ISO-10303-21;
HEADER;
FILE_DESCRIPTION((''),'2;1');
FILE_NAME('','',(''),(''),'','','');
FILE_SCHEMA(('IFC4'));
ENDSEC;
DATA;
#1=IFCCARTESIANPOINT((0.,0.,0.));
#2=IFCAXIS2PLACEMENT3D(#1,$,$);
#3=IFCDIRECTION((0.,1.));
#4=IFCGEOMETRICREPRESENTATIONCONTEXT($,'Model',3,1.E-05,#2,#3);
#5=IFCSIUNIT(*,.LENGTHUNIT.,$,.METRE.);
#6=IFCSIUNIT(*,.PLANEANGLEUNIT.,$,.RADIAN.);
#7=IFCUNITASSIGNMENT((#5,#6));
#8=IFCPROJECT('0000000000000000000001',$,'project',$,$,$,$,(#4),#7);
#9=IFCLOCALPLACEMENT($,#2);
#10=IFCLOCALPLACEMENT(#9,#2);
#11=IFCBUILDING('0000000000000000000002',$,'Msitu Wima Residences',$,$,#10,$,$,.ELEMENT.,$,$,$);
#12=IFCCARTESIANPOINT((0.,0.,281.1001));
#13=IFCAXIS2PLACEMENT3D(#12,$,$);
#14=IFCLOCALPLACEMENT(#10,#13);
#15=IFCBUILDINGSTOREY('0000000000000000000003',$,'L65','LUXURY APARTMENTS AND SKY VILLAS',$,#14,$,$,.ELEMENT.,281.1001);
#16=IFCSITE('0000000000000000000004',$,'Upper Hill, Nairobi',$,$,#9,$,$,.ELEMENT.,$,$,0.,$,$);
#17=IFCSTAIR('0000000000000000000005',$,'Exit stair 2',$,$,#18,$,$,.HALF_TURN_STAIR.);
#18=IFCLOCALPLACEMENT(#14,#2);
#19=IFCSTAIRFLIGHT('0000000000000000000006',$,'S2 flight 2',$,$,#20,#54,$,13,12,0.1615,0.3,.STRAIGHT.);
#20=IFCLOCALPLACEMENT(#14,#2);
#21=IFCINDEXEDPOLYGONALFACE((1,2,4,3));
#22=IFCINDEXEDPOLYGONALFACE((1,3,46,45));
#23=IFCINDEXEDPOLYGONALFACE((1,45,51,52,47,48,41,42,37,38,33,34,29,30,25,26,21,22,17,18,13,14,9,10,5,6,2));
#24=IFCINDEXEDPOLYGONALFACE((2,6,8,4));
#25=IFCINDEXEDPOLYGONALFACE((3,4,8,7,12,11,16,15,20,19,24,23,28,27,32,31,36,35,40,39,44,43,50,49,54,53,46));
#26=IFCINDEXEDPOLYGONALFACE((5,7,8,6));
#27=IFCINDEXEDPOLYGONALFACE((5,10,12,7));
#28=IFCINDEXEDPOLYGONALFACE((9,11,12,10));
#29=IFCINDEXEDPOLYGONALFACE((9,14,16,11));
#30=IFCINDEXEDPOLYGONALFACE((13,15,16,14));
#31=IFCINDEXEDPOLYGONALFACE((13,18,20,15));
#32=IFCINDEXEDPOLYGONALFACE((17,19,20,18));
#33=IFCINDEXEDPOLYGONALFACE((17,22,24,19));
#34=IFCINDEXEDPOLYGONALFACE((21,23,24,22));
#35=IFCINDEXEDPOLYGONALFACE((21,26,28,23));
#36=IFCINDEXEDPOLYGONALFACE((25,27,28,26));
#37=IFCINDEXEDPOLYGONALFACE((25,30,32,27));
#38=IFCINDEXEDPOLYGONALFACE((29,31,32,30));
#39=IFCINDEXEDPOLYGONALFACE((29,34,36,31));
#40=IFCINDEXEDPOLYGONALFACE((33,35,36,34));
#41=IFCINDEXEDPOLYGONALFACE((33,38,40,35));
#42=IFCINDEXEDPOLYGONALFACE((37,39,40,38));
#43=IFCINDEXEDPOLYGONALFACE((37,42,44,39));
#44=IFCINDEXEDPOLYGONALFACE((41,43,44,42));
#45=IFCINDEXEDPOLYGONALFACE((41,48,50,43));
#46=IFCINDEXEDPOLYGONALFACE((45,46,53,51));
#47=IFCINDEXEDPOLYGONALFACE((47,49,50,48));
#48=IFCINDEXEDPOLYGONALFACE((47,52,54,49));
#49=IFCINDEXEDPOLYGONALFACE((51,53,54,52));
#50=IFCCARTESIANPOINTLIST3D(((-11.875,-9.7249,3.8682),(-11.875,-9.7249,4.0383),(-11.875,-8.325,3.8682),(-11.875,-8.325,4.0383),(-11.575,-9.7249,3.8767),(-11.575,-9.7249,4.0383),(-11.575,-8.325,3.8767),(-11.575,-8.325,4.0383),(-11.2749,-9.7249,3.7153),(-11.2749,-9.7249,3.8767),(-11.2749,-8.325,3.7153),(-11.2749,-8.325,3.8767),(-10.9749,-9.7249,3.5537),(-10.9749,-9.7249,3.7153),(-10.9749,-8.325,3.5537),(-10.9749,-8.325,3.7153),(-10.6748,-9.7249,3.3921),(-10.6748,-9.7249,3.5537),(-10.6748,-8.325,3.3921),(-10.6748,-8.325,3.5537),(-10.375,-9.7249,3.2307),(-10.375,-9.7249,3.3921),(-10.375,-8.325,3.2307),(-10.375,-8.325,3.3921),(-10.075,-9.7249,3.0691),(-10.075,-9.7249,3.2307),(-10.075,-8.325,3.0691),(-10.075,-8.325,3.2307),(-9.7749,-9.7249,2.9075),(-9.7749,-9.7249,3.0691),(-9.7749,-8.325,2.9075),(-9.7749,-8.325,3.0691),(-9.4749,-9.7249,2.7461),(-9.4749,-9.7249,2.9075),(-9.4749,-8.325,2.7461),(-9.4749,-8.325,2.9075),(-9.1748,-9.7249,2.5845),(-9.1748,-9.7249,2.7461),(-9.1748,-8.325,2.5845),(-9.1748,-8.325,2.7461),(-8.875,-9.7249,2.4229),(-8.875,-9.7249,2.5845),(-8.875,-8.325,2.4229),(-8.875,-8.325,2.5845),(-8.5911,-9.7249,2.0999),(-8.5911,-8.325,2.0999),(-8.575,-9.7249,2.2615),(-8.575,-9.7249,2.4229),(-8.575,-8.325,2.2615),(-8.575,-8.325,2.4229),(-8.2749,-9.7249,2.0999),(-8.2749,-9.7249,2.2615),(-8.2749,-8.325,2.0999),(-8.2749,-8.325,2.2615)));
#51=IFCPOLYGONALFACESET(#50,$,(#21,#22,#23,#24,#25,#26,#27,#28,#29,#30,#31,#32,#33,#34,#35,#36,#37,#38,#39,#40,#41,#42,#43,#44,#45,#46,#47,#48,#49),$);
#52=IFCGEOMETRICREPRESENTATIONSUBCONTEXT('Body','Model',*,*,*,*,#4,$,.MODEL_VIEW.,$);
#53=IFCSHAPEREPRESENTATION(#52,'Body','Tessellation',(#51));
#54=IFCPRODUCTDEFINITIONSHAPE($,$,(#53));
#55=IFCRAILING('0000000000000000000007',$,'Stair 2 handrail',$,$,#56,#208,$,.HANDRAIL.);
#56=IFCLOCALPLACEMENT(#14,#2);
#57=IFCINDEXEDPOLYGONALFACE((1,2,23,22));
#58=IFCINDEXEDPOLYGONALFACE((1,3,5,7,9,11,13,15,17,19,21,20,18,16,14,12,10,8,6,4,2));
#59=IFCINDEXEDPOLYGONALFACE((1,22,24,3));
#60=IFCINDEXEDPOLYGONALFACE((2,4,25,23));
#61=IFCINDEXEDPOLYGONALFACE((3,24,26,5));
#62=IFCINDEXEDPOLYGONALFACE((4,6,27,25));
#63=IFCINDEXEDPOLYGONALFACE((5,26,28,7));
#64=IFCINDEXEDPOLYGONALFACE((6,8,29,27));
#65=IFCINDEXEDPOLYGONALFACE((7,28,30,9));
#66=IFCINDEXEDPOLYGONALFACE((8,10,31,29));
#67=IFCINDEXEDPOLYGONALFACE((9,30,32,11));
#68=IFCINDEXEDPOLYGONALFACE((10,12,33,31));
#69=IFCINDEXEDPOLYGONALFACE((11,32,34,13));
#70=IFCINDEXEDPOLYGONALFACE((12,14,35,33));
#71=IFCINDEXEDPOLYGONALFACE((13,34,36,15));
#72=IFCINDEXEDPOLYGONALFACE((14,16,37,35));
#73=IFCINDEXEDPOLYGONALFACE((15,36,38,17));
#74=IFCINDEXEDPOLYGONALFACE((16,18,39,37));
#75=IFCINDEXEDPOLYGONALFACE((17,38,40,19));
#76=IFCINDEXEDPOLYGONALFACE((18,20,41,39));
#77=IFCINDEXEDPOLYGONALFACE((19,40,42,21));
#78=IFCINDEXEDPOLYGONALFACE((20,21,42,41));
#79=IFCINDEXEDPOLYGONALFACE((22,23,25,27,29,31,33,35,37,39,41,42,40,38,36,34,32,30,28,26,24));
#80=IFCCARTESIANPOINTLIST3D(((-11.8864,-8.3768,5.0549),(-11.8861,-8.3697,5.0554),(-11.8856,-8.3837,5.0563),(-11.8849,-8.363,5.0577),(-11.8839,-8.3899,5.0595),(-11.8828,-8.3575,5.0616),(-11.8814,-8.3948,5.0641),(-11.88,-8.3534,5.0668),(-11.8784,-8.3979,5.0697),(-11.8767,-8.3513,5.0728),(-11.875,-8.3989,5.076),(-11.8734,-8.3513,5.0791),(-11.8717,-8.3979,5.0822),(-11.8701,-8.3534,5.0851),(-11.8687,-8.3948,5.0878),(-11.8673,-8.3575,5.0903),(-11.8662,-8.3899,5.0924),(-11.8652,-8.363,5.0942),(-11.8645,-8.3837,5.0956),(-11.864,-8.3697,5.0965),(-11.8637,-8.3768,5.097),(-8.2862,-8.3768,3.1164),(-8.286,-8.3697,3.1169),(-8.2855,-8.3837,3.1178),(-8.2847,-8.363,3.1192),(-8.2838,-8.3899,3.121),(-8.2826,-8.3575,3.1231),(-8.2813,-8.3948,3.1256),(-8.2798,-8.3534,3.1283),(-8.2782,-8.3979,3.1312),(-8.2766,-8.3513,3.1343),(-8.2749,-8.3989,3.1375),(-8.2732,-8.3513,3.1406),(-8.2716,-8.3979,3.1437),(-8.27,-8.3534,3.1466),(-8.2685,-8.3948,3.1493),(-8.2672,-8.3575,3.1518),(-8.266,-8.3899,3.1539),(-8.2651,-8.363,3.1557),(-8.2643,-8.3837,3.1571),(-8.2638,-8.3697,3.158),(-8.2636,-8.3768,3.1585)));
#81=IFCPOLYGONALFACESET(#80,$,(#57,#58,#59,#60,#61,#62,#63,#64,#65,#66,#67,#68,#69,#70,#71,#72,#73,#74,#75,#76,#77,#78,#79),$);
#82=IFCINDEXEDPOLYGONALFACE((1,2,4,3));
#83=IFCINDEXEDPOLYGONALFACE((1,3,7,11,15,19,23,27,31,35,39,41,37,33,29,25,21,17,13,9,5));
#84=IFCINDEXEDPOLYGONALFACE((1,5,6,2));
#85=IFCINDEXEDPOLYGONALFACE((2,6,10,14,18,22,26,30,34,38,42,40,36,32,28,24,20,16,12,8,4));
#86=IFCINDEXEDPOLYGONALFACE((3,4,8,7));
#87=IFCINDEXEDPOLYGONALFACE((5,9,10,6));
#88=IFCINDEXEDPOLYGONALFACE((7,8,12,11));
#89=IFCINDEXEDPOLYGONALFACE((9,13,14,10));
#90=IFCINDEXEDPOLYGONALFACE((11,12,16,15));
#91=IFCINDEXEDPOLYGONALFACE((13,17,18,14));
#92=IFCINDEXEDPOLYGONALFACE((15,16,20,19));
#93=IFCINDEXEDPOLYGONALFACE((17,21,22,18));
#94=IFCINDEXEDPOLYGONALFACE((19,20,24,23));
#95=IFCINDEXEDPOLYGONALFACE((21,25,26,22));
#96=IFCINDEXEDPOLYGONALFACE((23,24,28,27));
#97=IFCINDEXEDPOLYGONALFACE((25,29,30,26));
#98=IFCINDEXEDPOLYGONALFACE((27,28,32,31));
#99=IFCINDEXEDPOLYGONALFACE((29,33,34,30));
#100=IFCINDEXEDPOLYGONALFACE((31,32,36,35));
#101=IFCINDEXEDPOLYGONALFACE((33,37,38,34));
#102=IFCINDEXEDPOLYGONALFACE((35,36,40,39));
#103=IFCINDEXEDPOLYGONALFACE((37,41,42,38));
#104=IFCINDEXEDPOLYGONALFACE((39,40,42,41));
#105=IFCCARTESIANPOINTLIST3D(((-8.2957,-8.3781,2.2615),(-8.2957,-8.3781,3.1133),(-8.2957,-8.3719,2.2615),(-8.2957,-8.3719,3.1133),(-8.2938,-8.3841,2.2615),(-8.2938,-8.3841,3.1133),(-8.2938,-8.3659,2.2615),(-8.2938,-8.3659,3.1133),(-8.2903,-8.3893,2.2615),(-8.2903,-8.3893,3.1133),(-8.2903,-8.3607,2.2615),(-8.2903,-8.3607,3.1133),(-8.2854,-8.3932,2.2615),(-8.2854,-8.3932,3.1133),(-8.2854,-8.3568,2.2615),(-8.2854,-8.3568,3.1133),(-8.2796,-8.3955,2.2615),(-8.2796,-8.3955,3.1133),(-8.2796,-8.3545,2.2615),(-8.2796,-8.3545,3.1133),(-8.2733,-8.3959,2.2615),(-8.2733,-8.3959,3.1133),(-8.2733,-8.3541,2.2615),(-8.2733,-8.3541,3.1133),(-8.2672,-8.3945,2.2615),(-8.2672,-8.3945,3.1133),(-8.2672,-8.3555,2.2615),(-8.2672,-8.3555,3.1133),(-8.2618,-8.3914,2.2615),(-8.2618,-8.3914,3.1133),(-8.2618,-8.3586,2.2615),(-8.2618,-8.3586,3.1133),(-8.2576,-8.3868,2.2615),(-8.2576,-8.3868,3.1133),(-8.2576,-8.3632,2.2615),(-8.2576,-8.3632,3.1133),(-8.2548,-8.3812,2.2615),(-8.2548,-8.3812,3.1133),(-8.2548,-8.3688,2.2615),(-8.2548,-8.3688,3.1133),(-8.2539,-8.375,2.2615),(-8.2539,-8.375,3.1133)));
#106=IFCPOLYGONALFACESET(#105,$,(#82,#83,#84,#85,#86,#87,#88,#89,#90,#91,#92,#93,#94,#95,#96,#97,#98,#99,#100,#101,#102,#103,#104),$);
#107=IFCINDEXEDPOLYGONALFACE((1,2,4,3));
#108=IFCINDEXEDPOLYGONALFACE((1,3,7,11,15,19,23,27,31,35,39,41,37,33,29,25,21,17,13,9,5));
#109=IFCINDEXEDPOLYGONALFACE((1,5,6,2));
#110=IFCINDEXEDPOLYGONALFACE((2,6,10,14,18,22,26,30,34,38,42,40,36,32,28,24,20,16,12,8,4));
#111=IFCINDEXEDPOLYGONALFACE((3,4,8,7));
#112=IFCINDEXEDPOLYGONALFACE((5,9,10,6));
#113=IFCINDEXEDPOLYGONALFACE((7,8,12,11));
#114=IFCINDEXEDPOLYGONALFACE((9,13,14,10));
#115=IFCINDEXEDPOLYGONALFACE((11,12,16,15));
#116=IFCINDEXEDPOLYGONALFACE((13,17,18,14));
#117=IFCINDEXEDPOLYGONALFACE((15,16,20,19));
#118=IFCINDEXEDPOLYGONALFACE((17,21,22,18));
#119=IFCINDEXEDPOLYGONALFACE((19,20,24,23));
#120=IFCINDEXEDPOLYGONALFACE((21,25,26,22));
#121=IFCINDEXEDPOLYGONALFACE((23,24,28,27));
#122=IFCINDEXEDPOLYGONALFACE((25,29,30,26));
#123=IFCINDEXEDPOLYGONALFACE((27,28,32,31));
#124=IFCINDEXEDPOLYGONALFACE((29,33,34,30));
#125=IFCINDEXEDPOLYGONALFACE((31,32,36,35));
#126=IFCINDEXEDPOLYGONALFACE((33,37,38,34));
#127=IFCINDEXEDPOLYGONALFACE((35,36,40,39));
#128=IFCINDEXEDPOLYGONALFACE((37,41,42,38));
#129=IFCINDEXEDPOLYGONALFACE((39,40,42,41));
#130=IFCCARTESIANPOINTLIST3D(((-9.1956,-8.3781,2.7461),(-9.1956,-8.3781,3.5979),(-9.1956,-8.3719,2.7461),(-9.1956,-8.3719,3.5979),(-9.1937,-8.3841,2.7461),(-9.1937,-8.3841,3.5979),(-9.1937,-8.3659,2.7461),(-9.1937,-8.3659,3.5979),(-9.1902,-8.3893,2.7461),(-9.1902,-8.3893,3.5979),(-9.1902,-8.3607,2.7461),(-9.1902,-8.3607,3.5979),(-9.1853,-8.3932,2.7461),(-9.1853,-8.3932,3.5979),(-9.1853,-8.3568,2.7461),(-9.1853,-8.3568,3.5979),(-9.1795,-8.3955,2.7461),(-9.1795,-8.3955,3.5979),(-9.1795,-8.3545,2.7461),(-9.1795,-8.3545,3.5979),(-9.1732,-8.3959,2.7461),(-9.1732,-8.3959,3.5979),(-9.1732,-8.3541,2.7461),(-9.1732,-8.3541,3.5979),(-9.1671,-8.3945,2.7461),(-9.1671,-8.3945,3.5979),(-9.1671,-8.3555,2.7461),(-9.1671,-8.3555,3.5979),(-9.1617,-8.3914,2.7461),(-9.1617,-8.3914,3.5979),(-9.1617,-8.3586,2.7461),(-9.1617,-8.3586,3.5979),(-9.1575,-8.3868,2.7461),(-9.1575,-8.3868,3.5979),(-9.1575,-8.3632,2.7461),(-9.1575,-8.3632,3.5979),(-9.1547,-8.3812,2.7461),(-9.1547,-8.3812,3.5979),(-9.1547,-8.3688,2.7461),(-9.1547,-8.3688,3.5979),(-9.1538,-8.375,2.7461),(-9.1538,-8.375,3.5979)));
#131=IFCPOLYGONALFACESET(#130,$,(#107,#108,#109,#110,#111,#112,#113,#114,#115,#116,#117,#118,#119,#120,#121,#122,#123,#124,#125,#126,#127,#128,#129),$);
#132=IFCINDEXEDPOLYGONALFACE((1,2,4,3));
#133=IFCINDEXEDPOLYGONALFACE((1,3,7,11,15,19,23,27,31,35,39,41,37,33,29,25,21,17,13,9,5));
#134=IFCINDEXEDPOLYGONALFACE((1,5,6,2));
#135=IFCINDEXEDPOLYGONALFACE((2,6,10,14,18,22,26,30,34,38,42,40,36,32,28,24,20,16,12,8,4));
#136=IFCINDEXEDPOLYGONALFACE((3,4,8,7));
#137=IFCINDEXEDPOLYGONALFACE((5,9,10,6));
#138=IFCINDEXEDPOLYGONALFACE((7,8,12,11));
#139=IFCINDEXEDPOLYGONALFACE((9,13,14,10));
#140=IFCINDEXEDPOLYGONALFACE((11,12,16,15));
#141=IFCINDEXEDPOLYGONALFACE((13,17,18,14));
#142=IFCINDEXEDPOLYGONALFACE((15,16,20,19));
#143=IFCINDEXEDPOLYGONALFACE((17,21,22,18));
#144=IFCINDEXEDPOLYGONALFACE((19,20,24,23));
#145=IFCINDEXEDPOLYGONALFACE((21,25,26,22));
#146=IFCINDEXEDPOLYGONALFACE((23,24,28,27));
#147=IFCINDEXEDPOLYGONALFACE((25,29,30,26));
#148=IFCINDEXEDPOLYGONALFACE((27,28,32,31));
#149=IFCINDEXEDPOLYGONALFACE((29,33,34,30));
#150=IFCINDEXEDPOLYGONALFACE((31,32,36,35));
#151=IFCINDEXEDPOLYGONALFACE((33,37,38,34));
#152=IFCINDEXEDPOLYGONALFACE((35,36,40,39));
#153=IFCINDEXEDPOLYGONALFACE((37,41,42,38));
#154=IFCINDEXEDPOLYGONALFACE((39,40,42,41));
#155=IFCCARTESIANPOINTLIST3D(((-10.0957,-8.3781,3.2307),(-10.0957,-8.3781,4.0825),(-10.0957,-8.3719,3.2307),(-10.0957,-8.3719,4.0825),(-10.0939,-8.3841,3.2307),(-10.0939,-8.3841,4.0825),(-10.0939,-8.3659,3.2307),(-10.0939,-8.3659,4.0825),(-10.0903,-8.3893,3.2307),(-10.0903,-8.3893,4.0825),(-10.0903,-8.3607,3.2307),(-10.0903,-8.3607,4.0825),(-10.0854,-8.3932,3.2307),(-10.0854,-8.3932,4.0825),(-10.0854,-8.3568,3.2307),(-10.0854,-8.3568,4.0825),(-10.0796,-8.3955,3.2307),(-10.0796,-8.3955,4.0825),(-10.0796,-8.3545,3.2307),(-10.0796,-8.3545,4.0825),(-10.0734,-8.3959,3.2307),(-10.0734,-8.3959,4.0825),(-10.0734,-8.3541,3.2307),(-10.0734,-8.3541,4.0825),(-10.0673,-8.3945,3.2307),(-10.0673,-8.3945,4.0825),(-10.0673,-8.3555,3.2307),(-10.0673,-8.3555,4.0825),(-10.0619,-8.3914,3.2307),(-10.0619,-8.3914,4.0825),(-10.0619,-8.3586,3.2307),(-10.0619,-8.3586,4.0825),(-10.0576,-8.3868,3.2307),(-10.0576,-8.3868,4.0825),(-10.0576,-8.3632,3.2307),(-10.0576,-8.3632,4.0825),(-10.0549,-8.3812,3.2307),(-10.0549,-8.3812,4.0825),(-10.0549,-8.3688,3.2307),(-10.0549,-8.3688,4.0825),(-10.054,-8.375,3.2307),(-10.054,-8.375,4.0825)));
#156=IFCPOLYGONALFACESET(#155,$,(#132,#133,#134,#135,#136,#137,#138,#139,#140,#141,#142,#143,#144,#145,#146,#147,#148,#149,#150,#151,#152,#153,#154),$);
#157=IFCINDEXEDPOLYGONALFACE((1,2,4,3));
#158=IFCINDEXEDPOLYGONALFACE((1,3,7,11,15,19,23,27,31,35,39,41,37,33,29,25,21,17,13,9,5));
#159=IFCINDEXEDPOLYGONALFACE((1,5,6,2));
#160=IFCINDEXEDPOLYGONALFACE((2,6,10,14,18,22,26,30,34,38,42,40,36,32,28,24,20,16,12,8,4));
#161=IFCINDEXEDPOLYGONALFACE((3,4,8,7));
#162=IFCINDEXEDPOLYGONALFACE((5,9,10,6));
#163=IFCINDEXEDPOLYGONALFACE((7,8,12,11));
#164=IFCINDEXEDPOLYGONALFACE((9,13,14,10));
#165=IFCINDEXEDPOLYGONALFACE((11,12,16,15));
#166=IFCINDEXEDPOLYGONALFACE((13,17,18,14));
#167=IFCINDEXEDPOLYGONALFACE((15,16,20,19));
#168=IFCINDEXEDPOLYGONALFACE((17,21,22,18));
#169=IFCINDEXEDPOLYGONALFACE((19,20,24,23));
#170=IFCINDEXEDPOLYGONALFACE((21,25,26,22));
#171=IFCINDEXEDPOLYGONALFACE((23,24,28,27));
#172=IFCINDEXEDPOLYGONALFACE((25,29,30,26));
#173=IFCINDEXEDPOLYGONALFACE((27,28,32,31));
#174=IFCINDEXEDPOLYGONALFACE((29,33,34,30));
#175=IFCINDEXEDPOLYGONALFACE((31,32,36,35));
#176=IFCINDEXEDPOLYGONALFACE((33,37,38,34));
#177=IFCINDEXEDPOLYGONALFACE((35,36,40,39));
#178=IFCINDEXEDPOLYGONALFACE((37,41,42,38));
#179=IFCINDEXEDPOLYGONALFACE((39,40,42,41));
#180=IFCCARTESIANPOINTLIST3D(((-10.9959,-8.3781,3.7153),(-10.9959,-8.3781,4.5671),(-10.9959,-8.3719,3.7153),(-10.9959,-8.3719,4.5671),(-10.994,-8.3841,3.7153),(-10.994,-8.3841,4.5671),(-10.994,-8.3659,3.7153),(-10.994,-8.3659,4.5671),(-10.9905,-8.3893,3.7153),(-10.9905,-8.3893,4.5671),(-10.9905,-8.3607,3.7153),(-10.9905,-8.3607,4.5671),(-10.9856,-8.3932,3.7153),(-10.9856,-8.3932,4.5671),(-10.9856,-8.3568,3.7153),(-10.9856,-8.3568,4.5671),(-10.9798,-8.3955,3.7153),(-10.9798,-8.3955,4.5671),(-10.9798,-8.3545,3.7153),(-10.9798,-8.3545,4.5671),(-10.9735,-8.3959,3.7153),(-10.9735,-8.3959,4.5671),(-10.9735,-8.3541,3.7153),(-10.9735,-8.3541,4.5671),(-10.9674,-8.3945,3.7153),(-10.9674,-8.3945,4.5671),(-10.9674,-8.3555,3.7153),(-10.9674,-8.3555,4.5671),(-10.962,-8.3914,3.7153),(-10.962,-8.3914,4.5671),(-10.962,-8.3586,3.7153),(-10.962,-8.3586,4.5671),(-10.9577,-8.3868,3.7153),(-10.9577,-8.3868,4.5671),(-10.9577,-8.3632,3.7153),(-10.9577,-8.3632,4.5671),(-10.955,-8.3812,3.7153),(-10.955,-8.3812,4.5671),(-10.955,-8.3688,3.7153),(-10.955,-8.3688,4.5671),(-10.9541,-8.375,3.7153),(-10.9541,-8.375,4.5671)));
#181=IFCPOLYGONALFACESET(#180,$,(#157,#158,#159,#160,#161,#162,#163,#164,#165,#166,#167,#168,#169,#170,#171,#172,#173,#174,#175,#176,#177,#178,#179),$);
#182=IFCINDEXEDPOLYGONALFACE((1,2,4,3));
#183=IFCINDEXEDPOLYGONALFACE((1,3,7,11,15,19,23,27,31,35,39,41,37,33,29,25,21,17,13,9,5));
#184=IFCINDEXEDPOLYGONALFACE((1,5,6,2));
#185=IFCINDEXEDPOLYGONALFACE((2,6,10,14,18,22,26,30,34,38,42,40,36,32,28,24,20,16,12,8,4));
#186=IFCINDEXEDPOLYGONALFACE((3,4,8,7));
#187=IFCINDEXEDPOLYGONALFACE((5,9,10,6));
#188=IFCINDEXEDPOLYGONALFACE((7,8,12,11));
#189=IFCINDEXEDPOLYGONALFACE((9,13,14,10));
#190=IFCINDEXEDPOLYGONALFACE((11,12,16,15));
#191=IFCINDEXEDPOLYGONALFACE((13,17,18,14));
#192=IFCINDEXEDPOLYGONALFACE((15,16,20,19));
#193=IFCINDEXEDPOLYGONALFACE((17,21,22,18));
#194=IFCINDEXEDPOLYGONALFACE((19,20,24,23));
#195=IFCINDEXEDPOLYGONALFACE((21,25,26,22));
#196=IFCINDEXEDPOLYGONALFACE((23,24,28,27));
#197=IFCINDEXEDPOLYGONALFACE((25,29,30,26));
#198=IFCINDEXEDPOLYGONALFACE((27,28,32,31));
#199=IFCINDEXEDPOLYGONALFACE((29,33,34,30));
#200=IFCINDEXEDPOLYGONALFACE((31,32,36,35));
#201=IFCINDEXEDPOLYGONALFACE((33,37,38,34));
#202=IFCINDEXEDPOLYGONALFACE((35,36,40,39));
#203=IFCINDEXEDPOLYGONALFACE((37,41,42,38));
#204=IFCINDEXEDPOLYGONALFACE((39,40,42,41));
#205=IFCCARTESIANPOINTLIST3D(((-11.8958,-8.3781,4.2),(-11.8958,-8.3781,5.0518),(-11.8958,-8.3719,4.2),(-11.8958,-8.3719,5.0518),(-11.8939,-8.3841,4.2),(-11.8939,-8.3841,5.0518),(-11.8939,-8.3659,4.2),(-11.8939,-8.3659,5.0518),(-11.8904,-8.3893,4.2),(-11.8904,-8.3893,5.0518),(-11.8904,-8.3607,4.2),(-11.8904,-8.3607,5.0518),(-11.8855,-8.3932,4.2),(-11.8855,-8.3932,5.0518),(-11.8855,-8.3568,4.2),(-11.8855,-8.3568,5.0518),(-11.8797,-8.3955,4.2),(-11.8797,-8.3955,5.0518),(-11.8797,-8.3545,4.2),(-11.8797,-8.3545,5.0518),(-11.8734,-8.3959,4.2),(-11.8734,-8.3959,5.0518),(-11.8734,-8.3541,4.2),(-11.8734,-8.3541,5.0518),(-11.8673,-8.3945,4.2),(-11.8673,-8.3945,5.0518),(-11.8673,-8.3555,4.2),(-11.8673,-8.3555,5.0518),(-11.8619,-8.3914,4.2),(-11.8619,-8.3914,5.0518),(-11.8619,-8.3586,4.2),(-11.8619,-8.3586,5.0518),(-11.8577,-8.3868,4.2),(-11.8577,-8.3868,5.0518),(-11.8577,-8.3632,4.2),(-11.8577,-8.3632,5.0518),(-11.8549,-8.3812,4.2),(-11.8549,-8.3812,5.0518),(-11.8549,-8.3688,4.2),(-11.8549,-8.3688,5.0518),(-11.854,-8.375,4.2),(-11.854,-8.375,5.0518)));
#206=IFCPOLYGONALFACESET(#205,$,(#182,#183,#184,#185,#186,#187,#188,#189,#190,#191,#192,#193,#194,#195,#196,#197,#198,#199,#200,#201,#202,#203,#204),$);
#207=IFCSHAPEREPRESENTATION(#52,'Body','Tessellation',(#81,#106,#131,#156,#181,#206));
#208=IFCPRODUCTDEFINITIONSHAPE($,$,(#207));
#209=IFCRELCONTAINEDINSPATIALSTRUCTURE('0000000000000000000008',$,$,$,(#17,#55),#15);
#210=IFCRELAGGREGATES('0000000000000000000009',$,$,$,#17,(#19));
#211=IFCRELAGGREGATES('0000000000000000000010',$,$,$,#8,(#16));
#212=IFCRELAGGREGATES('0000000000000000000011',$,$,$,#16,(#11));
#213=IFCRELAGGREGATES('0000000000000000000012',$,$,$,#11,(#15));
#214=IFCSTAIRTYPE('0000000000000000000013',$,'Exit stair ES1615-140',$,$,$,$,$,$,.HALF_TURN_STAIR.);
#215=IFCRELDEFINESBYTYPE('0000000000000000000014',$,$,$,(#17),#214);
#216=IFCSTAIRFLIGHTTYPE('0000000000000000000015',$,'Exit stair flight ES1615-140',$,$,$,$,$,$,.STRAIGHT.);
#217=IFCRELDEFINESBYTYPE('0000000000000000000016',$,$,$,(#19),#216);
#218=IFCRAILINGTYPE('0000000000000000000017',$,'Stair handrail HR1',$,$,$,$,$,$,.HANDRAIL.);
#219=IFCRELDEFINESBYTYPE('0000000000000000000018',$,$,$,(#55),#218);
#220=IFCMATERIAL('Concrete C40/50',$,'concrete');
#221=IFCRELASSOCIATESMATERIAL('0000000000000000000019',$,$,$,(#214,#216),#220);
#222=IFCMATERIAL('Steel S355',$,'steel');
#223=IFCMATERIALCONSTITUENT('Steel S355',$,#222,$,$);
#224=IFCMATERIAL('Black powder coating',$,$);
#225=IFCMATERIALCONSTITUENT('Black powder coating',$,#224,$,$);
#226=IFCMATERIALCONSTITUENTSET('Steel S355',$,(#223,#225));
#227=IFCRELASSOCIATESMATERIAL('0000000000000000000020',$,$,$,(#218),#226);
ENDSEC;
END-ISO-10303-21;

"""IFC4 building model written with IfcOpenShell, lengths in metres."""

from ifc_helpers import new_model, si_unit, direction, frame, origin, origin_2d, place, context, subcontext, project, spatial, polyline, circle, outline, extrude, material, constituent, constituent_set, type_object, element, aggregate, save


model = new_model("IFC4")

# Units and contexts
model_context = context("Model", 3, precision=1e-05, world=origin(), true_north=direction((0.0, 1.0)))
body_context = subcontext(model_context, "Body", "Model", "MODEL_VIEW")
ifc_project = project(units=[si_unit("LENGTHUNIT", "METRE"), si_unit("PLANEANGLEUNIT", "RADIAN")], contexts=[model_context])

# Site, building, storey
site_placement = place(None, origin())
site = spatial("IfcSite", under=ifc_project, at=site_placement, Name="Upper Hill, Nairobi", CompositionType="ELEMENT", RefElevation=0.0)
building_placement = place(site_placement, origin())
building = spatial("IfcBuilding", under=site, at=building_placement, Name="Msitu Wima Residences", CompositionType="ELEMENT")
storey_placement = place(building_placement, frame((0.0, 0.0, 281.1001)))
storey = spatial("IfcBuildingStorey", under=building, at=storey_placement, Name="L65", Description="LUXURY APARTMENTS AND SKY VILLAS", CompositionType="ELEMENT", Elevation=281.1001)

# Shared definitions
ifc_material_1 = material(Name="Concrete C40/50", Category="concrete")

# Stair, stair flight
stair_type = type_object("IfcStairType", Name="Exit stair ES1615-140", PredefinedType="HALF_TURN_STAIR", material=ifc_material_1)
stair_placement = place(storey_placement, origin())
stair = element("IfcStair", 1, at=stair_placement, inside=storey, type_object=stair_type, Name="Exit stair 2", PredefinedType="HALF_TURN_STAIR")
stair_flight_type = type_object("IfcStairFlightType", Name="Exit stair flight ES1615-140", PredefinedType="STRAIGHT", material=ifc_material_1)
stair_flight_placement = place(storey_placement, frame((-8.2749, -9.0249, 2.0999), z_axis=(0.0, 0.0, 1.0), x_axis=(-1.0, 0.0, 0.0)))
stair_flight = element("IfcStairFlight", 2, at=stair_flight_placement, type_object=stair_flight_type, Name="S2 flight 2", NumberOfRisers=13, NumberOfTreads=12, PredefinedType="STRAIGHT", RiserHeight=0.1615, TreadLength=0.3, context=body_context, shape_type="SweptSolid", body=[
    extrude(outline(polyline([(0.0, 0.0), (0.0, 0.1616), (0.3, 0.1616), (0.3, 0.323), (0.6001, 0.323), (0.6001, 0.4846), (0.8999, 0.4846), (0.8999, 0.6462), (1.2, 0.6462), (1.2, 0.8076), (1.5, 0.8076), (1.5, 0.9692), (1.8, 0.9692), (1.8, 1.1309), (2.1001, 1.1309), (2.1001, 1.2922), (2.3999, 1.2922), (2.3999, 1.4539), (2.7, 1.4539), (2.7, 1.6155), (3.0, 1.6155), (3.0, 1.7769), (3.3, 1.7769), (3.3, 1.9385), (3.6001, 1.9385), (3.6001, 2.1001), (3.6001, 1.7683), (0.3162, 0.0), (0.0, 0.0)])), frame((0.0, 0.7, 0.0), z_axis=(0.0, -1.0, 0.0), x_axis=(1.0, 0.0, 0.0)), (0.0, 0.0, 1.0), 1.3999),
])
aggregate(stair, [stair_flight])

# Railing
ifc_material_2 = material(Name="Steel S355", Category="steel")
ifc_constituent_1 = constituent(ifc_material_2, Name="Steel S355")
ifc_material_3 = material(Name="Black powder coating")
ifc_constituent_2 = constituent(ifc_material_3, Name="Black powder coating")
ifc_constituent_set = constituent_set(constituents=[ifc_constituent_1, ifc_constituent_2], Name="Steel S355")
railing_type = type_object("IfcRailingType", Name="Stair handrail HR1", PredefinedType="HANDRAIL", material=ifc_constituent_set)
railing_placement = place(storey_placement, frame((-8.2749, -8.375, 2.2615)))
element("IfcRailing", 3, at=railing_placement, inside=storey, type_object=railing_type, Name="Stair 2 handrail", PredefinedType="HANDRAIL", context=body_context, shape_type="SweptSolid", body=[
    extrude(circle(Radius=0.0239, at=origin_2d()), frame((0.0, 0.0, 0.876), z_axis=(-0.880475, 0.0, 0.474093), x_axis=(0.0, -1.0, 0.0)), (0.0, 0.0, 1.0), 4.0889),
    extrude(circle(Radius=0.021, at=origin_2d()), origin(), (0.0, 0.0, 1.0), 0.8518),
    extrude(circle(Radius=0.021, at=origin_2d()), frame((-0.8999, 0.0, 0.4846)), (0.0, 0.0, 1.0), 0.8518),
    extrude(circle(Radius=0.021, at=origin_2d()), frame((-1.8, 0.0, 0.9692)), (0.0, 0.0, 1.0), 0.8518),
    extrude(circle(Radius=0.021, at=origin_2d()), frame((-2.7002, 0.0, 1.4539)), (0.0, 0.0, 1.0), 0.8518),
    extrude(circle(Radius=0.021, at=origin_2d()), frame((-3.6001, 0.0, 1.9385)), (0.0, 0.0, 1.0), 0.8518),
])

save(model, "model.ifc")
